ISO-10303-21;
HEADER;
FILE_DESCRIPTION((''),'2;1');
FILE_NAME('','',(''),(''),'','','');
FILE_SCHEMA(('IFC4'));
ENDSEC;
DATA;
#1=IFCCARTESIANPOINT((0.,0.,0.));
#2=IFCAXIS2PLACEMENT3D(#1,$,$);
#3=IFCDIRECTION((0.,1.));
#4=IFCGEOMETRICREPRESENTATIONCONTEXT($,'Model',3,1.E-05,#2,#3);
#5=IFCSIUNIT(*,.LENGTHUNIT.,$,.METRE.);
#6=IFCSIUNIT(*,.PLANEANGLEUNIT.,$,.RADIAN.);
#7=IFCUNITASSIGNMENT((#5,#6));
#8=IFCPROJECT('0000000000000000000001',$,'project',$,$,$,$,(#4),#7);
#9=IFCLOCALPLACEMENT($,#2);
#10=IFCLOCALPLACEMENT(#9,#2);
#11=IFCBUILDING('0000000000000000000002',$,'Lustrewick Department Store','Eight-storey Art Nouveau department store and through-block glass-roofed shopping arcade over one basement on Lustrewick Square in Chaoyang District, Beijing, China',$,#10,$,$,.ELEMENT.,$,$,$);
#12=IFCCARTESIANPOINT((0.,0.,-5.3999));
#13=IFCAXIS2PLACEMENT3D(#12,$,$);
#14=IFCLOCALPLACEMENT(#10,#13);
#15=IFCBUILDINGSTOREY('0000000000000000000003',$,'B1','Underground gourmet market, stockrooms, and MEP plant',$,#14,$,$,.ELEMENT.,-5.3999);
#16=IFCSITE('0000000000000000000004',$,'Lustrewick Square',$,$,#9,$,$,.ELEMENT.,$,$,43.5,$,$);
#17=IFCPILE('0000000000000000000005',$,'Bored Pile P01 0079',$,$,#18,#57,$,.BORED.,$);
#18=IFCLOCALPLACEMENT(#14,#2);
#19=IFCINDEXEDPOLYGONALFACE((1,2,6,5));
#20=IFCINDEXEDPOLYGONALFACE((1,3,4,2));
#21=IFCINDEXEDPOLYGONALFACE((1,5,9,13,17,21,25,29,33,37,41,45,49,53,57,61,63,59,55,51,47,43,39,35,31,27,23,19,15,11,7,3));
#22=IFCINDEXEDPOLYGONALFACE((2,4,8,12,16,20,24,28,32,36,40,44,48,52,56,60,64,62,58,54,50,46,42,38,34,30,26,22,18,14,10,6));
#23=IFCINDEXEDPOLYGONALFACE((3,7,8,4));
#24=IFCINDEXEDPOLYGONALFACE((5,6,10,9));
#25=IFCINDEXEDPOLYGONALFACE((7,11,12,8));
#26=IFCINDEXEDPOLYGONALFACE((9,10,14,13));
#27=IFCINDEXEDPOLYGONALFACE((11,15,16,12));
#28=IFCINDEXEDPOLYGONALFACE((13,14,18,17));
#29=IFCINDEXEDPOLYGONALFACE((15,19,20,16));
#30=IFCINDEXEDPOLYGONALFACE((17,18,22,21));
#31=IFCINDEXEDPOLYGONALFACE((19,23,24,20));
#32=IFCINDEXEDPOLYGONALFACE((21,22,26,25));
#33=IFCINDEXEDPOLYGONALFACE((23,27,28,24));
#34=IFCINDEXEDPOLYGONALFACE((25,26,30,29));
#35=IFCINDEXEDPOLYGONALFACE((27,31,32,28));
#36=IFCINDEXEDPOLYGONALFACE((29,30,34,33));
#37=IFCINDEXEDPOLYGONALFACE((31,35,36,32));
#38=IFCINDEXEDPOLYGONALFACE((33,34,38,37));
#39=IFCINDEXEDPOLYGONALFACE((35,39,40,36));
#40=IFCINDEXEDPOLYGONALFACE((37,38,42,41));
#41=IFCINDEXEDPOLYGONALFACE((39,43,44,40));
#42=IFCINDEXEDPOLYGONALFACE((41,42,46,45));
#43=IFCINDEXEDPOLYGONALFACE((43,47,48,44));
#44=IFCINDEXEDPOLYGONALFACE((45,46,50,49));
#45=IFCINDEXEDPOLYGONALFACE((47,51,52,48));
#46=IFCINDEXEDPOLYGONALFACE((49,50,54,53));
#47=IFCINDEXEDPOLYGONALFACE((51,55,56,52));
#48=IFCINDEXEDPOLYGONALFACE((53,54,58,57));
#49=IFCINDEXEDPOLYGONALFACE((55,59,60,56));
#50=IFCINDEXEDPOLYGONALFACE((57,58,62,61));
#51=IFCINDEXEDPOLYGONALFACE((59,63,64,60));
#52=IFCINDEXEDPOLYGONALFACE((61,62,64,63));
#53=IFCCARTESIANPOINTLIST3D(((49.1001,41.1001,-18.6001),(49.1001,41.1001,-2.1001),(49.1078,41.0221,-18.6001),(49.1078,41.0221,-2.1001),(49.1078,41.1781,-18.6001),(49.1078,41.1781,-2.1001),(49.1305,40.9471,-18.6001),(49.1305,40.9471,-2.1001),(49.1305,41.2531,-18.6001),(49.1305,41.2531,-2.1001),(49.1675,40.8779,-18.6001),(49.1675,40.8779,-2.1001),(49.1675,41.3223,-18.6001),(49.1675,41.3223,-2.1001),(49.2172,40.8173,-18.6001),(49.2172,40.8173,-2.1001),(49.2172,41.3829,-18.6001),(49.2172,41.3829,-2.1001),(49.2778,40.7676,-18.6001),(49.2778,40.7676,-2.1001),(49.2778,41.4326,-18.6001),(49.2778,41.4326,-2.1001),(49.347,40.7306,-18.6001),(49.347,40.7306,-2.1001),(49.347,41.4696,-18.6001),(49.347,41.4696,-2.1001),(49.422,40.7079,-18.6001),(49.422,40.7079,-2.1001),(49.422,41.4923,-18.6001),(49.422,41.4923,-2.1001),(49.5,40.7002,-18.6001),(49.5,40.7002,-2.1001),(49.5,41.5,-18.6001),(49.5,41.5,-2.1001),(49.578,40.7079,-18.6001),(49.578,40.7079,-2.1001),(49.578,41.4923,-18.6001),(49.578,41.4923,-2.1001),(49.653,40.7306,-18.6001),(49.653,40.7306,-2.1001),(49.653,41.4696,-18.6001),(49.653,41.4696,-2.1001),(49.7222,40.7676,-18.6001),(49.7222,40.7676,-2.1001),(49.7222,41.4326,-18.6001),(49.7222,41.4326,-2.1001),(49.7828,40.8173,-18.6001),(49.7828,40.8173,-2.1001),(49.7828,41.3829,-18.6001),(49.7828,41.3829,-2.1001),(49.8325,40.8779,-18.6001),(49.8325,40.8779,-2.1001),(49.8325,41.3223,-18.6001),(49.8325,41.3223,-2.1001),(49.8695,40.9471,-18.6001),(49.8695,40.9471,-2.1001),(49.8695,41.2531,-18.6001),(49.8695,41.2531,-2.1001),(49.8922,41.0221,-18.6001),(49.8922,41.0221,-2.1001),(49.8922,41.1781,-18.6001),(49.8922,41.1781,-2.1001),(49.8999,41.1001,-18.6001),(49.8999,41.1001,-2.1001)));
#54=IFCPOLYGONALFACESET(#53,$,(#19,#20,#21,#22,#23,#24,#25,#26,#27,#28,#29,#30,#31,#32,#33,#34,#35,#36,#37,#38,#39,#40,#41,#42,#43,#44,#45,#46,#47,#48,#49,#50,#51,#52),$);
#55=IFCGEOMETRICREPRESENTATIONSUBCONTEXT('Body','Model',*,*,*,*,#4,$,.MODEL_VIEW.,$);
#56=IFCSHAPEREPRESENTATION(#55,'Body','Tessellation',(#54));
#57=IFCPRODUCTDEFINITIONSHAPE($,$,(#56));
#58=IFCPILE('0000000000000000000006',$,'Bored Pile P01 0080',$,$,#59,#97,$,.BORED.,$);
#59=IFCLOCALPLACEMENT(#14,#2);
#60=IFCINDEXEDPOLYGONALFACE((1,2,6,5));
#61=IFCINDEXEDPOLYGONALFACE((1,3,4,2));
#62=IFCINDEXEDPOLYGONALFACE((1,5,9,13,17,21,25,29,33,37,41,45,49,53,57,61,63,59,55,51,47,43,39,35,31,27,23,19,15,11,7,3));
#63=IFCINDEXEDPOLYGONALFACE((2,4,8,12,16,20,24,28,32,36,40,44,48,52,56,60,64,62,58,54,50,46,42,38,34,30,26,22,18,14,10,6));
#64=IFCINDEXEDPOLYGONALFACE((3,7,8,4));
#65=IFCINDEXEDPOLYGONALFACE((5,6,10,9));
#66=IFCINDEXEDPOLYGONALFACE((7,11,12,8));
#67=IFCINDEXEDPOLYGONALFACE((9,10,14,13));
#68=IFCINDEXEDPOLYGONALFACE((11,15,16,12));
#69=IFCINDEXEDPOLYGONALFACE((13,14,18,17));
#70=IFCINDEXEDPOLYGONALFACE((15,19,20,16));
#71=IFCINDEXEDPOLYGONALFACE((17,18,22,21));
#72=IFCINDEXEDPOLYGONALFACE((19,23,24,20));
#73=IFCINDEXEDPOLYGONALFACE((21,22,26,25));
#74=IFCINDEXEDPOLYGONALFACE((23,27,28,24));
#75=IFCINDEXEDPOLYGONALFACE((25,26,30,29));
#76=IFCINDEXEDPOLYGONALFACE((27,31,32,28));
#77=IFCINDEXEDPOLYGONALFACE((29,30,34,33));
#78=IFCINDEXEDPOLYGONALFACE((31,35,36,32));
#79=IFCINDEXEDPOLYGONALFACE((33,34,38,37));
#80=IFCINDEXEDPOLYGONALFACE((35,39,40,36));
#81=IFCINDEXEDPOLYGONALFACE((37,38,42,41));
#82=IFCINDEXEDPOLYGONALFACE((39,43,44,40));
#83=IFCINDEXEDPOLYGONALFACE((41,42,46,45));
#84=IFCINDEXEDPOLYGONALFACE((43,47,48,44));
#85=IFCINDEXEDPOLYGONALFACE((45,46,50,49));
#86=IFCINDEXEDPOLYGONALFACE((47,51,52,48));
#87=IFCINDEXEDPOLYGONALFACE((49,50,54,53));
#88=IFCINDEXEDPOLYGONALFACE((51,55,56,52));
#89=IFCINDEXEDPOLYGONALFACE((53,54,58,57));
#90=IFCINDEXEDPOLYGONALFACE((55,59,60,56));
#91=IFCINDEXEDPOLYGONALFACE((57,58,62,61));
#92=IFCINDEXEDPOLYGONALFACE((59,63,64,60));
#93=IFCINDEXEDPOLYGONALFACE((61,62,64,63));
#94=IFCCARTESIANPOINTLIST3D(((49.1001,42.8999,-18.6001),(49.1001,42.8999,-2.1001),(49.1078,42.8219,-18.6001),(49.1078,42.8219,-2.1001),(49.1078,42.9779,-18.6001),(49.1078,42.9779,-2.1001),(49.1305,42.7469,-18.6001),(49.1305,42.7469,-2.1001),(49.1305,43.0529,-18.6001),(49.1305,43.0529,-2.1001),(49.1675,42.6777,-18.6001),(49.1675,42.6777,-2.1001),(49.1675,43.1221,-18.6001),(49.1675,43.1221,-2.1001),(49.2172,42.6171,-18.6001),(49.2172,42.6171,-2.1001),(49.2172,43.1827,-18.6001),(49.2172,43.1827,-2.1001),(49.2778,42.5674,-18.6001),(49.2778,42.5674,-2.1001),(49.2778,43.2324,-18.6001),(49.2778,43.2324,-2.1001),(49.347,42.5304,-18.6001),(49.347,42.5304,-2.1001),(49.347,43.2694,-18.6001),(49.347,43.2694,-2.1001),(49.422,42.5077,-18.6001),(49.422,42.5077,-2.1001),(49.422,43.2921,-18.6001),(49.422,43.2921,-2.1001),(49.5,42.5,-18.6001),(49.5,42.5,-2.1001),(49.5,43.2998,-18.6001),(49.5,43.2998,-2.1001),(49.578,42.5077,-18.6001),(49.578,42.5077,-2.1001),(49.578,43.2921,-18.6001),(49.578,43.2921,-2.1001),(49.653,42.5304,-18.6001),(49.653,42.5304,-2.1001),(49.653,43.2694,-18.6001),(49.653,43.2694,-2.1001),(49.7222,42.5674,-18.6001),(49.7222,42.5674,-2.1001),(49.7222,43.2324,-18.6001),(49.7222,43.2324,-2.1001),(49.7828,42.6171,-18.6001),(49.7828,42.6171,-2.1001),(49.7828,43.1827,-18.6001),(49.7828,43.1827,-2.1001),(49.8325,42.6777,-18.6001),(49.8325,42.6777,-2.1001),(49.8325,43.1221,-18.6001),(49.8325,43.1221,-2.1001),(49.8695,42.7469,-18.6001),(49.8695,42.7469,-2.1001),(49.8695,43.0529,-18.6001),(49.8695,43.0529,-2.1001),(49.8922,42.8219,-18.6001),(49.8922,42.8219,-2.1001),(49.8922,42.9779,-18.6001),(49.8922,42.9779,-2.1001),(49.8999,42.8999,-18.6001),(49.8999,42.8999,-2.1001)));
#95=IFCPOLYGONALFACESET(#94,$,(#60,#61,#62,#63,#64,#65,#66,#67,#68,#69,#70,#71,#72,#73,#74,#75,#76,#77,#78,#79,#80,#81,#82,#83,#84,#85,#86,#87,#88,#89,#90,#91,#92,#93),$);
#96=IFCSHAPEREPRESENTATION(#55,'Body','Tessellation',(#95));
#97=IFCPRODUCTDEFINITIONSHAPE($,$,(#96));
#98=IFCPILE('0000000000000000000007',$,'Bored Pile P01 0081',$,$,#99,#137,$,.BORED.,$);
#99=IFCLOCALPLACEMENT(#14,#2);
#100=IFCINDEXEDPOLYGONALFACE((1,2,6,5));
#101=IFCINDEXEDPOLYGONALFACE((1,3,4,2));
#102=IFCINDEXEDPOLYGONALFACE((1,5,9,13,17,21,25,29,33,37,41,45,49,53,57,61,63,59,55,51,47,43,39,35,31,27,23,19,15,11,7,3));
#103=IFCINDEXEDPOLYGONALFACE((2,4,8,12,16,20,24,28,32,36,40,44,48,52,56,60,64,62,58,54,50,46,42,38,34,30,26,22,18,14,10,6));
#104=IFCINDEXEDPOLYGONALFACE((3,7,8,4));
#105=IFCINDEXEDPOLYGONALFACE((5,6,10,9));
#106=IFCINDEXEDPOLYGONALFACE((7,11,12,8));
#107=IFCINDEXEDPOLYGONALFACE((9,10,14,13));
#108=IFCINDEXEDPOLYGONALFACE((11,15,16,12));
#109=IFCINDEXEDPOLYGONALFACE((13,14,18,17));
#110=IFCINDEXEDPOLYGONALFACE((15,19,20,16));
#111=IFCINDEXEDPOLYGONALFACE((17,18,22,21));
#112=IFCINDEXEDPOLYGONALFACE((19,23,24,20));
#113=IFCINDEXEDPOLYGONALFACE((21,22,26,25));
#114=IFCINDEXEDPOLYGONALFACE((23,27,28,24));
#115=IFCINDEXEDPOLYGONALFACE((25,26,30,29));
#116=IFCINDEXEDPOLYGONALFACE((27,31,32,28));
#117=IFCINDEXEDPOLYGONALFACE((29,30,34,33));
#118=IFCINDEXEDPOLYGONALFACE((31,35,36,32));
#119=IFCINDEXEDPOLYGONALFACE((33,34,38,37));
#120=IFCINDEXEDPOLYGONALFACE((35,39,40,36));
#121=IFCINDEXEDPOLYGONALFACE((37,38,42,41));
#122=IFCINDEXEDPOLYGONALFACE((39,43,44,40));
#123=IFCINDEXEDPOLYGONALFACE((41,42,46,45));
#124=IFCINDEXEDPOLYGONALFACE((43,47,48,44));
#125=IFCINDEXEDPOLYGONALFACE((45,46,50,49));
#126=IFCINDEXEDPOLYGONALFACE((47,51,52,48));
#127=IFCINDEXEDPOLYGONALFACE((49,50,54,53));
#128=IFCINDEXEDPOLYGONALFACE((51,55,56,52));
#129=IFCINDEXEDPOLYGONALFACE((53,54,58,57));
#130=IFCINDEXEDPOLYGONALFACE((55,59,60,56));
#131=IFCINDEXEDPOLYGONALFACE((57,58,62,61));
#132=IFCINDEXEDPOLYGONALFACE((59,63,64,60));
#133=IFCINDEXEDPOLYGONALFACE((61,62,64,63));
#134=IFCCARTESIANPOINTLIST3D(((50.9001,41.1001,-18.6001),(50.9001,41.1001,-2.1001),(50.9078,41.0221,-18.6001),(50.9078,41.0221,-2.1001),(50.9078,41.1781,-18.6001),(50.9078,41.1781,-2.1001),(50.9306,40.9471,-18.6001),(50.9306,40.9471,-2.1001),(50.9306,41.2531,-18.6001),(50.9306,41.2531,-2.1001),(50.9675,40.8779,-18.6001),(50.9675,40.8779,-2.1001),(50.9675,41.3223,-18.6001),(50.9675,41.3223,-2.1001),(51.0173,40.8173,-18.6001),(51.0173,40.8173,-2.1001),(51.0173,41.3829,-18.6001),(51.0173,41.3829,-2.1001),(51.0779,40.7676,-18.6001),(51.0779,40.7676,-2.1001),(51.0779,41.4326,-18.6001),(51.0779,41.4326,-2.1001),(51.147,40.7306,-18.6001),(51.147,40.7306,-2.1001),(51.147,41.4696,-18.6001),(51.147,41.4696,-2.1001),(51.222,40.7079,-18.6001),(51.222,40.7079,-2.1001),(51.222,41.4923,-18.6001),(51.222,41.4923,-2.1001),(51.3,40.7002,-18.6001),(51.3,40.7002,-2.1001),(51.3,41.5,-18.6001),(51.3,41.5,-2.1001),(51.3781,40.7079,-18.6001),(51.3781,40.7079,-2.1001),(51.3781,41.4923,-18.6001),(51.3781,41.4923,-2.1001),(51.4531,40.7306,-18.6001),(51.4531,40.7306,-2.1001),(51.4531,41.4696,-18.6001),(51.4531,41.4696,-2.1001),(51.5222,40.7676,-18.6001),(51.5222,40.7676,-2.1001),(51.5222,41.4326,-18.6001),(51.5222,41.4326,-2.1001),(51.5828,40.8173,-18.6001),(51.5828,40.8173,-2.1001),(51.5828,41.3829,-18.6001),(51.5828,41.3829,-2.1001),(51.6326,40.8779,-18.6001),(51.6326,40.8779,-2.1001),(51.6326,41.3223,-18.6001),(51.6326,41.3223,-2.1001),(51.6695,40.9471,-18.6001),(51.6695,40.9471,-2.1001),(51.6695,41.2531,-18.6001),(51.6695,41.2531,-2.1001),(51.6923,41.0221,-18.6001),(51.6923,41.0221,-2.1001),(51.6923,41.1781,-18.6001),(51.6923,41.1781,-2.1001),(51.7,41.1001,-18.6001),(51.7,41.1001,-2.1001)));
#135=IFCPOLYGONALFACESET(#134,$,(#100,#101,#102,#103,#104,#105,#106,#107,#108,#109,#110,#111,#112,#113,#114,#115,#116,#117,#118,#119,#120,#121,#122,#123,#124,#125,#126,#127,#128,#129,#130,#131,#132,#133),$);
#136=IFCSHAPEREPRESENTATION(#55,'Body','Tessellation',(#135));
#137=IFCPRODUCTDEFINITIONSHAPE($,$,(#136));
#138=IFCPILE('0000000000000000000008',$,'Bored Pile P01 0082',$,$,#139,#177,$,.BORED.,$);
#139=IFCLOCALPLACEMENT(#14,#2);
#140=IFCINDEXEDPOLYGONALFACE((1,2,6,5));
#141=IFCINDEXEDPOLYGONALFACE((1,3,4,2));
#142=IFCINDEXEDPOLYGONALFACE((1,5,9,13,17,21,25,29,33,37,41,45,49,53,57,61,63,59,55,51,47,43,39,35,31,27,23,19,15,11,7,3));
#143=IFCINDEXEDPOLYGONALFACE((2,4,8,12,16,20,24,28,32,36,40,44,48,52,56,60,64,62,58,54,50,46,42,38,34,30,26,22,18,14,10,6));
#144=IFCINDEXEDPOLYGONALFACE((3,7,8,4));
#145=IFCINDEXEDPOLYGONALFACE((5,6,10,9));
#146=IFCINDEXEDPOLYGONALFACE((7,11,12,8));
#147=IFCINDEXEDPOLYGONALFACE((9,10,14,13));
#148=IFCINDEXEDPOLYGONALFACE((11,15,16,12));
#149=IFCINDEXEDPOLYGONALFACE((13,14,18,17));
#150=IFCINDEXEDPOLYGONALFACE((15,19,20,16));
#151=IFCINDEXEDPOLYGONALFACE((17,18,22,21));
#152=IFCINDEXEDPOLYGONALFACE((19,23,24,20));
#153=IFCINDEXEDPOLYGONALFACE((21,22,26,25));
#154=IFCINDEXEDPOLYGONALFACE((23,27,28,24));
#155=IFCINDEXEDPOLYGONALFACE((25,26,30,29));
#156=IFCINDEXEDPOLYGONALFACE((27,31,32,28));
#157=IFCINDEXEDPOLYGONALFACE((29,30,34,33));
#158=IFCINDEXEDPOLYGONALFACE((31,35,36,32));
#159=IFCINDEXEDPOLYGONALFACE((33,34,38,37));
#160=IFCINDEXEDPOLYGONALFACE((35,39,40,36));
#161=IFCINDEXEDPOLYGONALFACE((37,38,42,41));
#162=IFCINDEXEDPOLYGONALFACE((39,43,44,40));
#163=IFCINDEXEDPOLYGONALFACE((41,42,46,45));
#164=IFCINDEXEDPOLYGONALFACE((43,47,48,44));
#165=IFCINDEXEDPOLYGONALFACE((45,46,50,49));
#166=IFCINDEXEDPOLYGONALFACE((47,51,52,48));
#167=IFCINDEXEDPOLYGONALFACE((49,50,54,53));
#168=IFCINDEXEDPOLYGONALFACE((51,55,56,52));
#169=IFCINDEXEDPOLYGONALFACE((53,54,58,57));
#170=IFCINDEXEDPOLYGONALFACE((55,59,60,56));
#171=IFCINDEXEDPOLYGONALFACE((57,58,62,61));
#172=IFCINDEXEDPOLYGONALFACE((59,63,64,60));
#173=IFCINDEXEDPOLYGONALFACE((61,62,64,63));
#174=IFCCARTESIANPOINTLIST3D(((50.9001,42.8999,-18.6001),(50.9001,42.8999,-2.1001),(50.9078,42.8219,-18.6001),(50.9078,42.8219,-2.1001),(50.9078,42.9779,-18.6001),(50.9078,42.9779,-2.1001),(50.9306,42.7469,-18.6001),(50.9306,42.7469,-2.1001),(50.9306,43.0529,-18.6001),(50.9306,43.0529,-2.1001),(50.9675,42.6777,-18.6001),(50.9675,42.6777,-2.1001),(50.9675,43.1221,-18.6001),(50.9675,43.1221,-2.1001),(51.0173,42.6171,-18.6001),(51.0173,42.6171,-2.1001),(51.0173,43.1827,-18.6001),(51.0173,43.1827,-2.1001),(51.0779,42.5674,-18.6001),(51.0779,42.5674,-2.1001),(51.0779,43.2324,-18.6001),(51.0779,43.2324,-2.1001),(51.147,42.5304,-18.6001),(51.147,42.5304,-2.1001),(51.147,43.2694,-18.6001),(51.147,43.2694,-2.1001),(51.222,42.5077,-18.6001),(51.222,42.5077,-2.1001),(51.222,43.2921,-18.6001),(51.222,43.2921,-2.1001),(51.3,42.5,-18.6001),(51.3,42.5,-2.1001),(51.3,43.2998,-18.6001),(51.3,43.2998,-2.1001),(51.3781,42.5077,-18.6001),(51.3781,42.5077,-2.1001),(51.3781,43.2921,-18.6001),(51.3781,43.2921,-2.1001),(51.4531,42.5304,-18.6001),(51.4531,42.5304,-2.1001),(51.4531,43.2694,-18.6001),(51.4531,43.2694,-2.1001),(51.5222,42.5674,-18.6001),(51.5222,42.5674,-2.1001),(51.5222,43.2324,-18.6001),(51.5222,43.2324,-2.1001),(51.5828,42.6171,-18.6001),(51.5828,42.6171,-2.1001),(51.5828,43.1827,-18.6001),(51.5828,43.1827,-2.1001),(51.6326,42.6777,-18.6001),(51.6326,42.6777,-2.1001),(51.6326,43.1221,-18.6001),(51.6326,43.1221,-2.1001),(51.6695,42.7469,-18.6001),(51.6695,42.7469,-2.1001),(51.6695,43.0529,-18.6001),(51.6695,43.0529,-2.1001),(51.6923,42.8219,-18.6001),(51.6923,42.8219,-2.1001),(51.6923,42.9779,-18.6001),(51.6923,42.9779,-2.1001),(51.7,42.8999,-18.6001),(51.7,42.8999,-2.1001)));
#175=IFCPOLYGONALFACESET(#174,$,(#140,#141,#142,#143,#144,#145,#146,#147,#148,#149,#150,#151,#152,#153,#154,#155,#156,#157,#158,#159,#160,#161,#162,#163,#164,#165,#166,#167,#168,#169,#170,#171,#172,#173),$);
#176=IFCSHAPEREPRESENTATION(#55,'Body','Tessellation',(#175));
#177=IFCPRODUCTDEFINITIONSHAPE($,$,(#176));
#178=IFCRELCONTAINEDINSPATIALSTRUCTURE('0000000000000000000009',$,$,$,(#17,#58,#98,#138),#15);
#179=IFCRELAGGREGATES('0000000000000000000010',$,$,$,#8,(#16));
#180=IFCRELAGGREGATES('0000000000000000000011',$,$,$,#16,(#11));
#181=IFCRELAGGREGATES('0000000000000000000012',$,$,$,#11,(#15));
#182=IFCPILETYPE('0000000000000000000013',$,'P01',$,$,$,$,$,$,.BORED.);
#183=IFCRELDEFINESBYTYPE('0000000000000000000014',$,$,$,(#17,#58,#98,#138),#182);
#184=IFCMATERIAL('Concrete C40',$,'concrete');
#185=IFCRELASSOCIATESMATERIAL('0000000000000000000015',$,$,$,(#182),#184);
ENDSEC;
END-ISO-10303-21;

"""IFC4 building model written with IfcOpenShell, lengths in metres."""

from ifc_helpers import new_model, si_unit, direction, frame, origin, origin_2d, place, context, subcontext, project, spatial, circle, extrude, material, material_profile, profile_set, type_object, element, save


model = new_model("IFC4")

# Units and contexts
model_context = context("Model", 3, precision=1e-05, world=origin(), true_north=direction((0.0, 1.0)))
body_context = subcontext(model_context, "Body", "Model", "MODEL_VIEW")
ifc_project = project(units=[si_unit("LENGTHUNIT", "METRE"), si_unit("PLANEANGLEUNIT", "RADIAN")], contexts=[model_context])

# Site, building, storey
site_placement = place(None, origin())
site = spatial("IfcSite", under=ifc_project, at=site_placement, Name="Lustrewick Square", CompositionType="ELEMENT", RefElevation=43.5)
building_placement = place(site_placement, origin())
building = spatial("IfcBuilding", under=site, at=building_placement, Name="Lustrewick Department Store", Description="Eight-storey Art Nouveau department store and through-block glass-roofed shopping arcade over one basement on Lustrewick Square in Chaoyang District, Beijing, China", CompositionType="ELEMENT")
storey_placement = place(building_placement, frame((0.0, 0.0, -5.3999)))
storey = spatial("IfcBuildingStorey", under=building, at=storey_placement, Name="B1", Description="Underground gourmet market, stockrooms, and MEP plant", CompositionType="ELEMENT", Elevation=-5.3999)

# Piles
ifc_material_1 = material(Name="Concrete C40", Category="concrete")
ifc_material_profile_1 = material_profile(ifc_material_1, circle(Radius=0.3999, at=origin_2d()), Name="PILE D800")
ifc_profile_set_1 = profile_set([ifc_material_profile_1], Name="Concrete C40")
pile_type_1 = type_object("IfcPileType", Name="P01", PredefinedType="BORED", material=ifc_profile_set_1)
for number, where, z_axis, x_axis, name in (
    (1, (49.5, 41.1001, -2.1001), (0.0, 0.0, -1.0), (1.0, 0.0, 0.0), "Bored Pile P01 0079"),
    (2, (49.5, 42.8999, -2.1001), (0.0, 0.0, -1.0), (1.0, 0.0, 0.0), "Bored Pile P01 0080"),
    (3, (51.3, 41.1001, -2.1001), (0.0, 0.0, -1.0), (1.0, 0.0, 0.0), "Bored Pile P01 0081"),
    (4, (51.3, 42.8999, -2.1001), (0.0, 0.0, -1.0), (1.0, 0.0, 0.0), "Bored Pile P01 0082"),
):
    element("IfcPile", number, at=place(storey_placement, frame(where, z_axis=z_axis, x_axis=x_axis)), inside=storey, type_object=pile_type_1, Name=name, PredefinedType="BORED", context=body_context, shape_type="SweptSolid", body=[
        extrude(circle(Radius=0.3999, at=origin_2d()), origin(), (0.0, 0.0, 1.0), 16.5),
    ])

save(model, "model.ifc")
